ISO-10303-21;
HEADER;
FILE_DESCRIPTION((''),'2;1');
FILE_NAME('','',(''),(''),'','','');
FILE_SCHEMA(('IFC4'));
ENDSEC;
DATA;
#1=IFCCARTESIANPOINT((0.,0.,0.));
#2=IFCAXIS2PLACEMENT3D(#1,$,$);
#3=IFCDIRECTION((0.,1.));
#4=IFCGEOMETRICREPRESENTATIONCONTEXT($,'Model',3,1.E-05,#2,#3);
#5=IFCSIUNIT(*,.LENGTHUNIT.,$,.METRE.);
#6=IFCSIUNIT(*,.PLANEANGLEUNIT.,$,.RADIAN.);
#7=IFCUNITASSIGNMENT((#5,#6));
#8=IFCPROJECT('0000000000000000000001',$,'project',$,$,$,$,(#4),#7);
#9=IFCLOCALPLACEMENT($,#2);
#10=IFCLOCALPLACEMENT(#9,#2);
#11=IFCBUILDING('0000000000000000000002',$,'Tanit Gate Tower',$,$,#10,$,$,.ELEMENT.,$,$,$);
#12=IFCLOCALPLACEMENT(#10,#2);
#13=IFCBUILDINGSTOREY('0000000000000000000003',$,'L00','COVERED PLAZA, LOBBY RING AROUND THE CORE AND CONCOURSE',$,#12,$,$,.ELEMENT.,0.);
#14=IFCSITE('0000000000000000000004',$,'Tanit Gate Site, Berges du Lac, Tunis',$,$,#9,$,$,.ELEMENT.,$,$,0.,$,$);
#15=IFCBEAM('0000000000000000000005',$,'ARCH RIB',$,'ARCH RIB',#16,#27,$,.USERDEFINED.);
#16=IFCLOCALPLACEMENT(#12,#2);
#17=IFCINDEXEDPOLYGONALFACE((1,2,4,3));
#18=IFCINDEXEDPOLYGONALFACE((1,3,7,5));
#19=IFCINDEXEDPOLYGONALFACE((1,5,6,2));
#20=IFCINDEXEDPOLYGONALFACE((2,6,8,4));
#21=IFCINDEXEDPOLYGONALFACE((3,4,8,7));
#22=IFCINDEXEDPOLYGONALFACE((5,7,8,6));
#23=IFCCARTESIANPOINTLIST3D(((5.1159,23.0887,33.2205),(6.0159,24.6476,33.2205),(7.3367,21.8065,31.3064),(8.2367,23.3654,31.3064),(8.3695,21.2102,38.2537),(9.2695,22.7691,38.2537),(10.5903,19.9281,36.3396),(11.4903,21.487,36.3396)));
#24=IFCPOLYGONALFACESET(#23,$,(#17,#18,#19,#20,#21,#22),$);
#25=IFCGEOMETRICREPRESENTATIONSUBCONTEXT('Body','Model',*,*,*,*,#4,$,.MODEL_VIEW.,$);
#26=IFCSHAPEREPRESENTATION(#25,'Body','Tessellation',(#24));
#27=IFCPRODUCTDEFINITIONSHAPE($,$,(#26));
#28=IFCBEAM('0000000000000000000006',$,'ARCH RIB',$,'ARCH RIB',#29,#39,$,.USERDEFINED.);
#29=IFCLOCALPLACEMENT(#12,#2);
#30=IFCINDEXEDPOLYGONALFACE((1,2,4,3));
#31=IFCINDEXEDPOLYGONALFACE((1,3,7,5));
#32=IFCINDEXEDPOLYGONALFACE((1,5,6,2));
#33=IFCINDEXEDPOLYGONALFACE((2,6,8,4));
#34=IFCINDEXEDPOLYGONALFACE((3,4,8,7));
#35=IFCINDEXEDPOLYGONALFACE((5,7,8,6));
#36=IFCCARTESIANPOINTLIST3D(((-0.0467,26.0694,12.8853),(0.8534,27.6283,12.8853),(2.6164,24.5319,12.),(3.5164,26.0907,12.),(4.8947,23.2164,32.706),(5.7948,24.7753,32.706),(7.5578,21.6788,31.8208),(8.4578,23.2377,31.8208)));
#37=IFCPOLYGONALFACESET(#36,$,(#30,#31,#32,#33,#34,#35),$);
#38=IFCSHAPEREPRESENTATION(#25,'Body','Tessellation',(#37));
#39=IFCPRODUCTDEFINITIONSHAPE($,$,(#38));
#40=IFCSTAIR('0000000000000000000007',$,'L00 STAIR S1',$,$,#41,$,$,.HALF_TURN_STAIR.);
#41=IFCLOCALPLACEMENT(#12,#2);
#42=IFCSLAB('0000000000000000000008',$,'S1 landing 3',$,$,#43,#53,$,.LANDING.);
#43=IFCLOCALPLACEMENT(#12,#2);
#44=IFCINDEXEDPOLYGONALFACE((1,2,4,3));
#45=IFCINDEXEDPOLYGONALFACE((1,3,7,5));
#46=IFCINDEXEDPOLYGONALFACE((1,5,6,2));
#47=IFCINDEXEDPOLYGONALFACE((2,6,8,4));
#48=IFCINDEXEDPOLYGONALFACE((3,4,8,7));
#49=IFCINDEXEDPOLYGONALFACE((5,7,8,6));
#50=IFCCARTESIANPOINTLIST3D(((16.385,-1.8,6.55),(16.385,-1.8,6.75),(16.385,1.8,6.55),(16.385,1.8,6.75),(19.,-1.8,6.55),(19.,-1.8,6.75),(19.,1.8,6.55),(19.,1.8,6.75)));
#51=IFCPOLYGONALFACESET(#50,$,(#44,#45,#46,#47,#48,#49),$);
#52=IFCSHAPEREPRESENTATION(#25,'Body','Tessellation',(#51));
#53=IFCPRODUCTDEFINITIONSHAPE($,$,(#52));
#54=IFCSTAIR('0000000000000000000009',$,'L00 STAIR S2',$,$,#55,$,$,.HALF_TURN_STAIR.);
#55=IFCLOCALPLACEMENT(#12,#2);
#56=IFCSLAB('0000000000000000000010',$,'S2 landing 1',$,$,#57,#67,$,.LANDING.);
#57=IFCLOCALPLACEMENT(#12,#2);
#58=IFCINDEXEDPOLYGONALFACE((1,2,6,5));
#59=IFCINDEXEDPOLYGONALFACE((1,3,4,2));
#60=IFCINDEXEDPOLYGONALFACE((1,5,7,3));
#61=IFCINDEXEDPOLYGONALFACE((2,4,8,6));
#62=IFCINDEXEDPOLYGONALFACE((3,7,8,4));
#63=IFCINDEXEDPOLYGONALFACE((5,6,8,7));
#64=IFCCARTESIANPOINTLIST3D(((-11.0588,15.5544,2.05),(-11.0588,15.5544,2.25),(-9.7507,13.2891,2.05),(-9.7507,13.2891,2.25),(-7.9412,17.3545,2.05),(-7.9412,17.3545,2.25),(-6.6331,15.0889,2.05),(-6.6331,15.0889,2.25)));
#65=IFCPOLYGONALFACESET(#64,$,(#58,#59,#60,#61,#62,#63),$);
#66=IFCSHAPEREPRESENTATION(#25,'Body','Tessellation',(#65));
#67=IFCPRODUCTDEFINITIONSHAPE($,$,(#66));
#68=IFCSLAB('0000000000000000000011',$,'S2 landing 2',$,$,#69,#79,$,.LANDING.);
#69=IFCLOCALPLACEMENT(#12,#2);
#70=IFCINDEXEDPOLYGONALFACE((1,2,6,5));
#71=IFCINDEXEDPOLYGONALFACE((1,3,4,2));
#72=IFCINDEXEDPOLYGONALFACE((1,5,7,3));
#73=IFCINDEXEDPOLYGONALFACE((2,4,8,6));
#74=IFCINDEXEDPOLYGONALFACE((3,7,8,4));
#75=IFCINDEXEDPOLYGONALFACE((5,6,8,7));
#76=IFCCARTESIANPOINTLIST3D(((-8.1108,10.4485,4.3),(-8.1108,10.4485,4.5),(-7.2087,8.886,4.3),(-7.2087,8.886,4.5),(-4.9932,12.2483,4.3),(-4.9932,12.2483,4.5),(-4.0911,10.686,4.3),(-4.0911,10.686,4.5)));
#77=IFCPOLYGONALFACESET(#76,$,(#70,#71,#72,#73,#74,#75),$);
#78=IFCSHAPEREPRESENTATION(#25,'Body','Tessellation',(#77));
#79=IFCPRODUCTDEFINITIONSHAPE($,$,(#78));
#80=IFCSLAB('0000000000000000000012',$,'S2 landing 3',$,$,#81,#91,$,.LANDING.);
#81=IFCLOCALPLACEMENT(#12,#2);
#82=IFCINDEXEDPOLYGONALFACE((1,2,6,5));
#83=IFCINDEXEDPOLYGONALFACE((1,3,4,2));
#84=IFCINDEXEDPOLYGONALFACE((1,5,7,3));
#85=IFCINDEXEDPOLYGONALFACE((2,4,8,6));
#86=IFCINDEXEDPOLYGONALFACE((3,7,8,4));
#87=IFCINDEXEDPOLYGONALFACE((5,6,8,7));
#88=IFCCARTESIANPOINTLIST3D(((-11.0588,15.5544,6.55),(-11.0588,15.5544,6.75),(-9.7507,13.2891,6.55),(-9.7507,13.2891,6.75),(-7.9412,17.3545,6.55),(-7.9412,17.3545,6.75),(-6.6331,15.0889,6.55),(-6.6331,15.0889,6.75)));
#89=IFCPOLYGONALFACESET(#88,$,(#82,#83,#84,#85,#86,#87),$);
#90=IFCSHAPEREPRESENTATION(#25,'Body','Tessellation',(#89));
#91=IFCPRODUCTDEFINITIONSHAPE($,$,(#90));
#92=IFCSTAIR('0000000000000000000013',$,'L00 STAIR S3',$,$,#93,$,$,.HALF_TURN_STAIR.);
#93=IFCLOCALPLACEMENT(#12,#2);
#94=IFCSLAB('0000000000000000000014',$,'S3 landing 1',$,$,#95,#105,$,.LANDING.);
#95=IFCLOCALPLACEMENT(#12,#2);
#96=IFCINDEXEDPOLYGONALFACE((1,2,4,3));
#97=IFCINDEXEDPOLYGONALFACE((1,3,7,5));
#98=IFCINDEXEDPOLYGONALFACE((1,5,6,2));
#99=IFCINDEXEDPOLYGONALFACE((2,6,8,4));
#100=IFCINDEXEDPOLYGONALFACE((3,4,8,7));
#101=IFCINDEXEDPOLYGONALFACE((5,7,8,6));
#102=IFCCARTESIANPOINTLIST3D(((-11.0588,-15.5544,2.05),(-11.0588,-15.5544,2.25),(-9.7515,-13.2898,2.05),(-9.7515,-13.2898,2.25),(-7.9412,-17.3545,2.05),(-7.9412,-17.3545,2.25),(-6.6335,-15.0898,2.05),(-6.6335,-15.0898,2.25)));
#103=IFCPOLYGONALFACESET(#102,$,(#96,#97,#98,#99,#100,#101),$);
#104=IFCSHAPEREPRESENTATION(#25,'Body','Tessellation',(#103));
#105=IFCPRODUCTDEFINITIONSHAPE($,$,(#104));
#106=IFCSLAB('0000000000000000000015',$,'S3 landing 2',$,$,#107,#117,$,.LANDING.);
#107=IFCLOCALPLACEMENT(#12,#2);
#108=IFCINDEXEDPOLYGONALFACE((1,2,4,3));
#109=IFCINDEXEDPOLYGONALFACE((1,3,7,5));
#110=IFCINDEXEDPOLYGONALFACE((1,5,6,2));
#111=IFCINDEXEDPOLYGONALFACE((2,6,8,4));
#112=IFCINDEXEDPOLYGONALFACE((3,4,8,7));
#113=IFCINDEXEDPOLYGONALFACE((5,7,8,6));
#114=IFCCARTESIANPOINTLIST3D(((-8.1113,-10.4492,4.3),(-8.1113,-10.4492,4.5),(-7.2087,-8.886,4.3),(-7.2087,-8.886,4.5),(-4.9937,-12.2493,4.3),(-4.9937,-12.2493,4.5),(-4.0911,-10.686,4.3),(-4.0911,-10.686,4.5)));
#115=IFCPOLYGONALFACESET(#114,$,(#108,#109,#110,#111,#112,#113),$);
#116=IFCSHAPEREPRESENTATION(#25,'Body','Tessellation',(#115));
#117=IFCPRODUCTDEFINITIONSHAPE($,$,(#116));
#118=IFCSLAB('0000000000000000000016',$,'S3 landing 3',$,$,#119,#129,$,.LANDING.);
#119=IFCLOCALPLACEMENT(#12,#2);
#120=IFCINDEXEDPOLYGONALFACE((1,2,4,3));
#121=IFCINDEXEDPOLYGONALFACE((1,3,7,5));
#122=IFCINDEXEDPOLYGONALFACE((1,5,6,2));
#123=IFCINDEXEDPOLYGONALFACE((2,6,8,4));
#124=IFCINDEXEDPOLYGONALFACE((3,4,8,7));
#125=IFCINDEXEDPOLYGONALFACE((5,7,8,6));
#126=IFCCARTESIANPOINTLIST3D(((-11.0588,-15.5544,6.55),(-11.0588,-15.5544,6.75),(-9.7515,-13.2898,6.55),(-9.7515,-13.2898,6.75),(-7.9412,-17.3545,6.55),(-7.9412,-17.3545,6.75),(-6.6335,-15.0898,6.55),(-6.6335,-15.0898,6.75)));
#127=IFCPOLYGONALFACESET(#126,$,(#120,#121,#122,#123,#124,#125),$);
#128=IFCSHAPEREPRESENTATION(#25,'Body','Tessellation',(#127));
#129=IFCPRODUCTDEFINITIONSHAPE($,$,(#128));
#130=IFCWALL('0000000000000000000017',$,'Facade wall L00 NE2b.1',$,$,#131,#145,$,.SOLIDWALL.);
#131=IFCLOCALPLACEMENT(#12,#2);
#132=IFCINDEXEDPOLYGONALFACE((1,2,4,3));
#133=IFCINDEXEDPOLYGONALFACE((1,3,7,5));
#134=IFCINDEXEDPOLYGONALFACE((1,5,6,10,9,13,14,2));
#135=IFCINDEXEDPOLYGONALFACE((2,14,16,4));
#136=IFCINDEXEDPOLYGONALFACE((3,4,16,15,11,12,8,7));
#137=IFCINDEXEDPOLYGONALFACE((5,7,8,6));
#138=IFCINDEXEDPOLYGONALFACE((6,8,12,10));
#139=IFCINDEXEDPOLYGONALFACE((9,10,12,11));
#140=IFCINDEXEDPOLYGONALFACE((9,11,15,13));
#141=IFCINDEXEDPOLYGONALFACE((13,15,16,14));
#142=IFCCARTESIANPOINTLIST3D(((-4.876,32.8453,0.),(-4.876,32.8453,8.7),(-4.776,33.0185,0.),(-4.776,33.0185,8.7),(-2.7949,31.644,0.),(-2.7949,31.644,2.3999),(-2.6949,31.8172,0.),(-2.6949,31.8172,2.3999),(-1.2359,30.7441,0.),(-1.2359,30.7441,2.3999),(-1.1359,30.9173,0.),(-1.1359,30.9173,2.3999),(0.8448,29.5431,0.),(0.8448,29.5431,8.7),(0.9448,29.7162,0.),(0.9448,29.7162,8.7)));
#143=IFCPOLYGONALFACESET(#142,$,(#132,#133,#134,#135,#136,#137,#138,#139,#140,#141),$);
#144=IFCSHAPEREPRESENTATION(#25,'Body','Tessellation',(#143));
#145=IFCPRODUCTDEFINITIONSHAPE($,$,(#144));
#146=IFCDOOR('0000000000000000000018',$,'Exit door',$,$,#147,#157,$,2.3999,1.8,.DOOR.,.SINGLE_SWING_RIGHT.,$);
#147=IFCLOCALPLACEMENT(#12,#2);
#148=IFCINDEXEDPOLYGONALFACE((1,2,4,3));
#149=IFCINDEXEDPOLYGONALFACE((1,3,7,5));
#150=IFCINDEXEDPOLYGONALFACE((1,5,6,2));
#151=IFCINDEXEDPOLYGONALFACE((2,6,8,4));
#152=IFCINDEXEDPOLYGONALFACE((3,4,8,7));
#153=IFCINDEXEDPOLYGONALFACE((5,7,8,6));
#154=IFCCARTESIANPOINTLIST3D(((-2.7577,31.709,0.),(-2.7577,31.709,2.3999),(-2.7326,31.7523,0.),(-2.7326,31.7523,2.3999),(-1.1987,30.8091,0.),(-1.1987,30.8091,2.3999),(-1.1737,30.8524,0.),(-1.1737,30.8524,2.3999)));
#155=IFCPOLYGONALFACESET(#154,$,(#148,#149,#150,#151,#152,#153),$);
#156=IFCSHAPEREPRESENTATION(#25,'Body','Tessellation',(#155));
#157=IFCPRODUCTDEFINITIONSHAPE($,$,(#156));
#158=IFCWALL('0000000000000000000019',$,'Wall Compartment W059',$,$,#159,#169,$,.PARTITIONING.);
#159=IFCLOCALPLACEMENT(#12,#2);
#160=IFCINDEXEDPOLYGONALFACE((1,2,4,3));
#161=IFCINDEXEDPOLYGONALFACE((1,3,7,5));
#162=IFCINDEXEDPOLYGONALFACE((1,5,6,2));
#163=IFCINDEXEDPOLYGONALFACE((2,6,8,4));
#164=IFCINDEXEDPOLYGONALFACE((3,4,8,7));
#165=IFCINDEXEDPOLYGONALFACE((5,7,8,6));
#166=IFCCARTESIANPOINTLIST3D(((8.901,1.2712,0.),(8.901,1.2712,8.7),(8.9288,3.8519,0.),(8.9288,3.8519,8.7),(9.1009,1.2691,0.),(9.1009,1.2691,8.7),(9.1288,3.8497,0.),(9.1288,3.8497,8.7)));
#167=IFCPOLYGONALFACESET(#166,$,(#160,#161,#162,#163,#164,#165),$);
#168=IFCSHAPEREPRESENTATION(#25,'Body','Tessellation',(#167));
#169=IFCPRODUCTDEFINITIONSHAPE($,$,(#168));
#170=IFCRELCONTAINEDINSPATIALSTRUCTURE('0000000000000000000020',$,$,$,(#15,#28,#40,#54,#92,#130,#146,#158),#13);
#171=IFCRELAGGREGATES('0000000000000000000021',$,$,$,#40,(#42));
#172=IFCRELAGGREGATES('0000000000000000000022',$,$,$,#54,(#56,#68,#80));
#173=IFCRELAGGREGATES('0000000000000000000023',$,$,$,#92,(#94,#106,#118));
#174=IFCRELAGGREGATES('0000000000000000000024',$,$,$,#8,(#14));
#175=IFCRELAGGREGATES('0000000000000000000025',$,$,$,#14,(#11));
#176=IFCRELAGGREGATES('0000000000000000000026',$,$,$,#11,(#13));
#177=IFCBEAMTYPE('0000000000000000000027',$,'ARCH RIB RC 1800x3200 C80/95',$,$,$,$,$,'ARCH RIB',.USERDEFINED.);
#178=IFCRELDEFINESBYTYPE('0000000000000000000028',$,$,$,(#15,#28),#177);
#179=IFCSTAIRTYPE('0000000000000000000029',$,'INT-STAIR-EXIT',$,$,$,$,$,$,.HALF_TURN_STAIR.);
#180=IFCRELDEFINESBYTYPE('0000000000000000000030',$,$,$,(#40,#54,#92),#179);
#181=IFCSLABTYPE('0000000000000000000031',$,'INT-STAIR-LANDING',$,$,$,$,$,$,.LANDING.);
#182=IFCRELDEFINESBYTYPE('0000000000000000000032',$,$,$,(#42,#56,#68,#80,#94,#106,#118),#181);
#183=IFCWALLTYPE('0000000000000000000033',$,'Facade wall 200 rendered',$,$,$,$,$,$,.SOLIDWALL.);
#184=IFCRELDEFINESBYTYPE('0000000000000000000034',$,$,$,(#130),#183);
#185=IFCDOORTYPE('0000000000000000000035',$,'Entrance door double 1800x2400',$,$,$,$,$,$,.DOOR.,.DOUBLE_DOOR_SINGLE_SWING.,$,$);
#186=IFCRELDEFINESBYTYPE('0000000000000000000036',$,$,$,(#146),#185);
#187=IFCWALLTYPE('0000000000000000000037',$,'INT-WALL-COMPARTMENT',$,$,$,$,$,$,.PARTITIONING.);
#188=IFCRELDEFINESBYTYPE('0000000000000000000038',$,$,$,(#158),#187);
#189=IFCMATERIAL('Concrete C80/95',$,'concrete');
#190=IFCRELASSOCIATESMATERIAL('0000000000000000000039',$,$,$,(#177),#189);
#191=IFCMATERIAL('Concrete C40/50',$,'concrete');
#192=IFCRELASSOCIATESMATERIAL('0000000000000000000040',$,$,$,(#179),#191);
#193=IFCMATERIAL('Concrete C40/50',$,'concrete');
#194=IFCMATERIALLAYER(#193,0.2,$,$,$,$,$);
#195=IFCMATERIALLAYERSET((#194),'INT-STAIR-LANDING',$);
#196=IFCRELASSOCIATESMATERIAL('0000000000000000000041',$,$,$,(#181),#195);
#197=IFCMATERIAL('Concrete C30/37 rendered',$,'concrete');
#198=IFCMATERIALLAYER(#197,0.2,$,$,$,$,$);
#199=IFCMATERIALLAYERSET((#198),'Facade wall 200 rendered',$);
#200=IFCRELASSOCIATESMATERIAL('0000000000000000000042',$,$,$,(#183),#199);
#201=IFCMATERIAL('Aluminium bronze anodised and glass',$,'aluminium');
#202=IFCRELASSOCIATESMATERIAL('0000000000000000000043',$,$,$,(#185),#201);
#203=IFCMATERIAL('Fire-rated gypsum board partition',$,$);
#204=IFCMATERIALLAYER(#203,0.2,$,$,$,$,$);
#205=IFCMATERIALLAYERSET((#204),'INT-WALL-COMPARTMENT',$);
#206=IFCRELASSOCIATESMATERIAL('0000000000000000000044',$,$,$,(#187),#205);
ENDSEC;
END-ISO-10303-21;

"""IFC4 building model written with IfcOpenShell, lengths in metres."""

from ifc_helpers import new_model, si_unit, direction, frame, frame_2d, origin, origin_2d, place, context, subcontext, project, spatial, polyline, rectangle, outline, extrude, material, layer, layer_set, material_profile, profile_set, type_object, element, fill, aggregate, save


model = new_model("IFC4")

# Units and contexts
model_context = context("Model", 3, precision=1e-05, world=origin(), true_north=direction((0.0, 1.0)))
body_context = subcontext(model_context, "Body", "Model", "MODEL_VIEW")
ifc_project = project(units=[si_unit("LENGTHUNIT", "METRE"), si_unit("PLANEANGLEUNIT", "RADIAN")], contexts=[model_context])

# Site, building, storey
site_placement = place(None, origin())
site = spatial("IfcSite", under=ifc_project, at=site_placement, Name="Tanit Gate Site, Berges du Lac, Tunis", CompositionType="ELEMENT", RefElevation=0.0)
building_placement = place(site_placement, origin())
building = spatial("IfcBuilding", under=site, at=building_placement, Name="Tanit Gate Tower", CompositionType="ELEMENT")
storey_placement = place(building_placement, origin())
storey = spatial("IfcBuildingStorey", under=building, at=storey_placement, Name="L00", Description="COVERED PLAZA, LOBBY RING AROUND THE CORE AND CONCOURSE", CompositionType="ELEMENT", Elevation=0.0)

# Beams
ifc_material_1 = material(Name="Concrete C80/95", Category="concrete")
ifc_material_profile = material_profile(ifc_material_1, rectangle(XDim=1.8, YDim=3.2, at=origin_2d()), Name="RC 1800x3200")
ifc_profile_set = profile_set([ifc_material_profile], Name="Concrete C80/95")
beam_type = type_object("IfcBeamType", Name="ARCH RIB RC 1800x3200 C80/95", ElementType="ARCH RIB", PredefinedType="USERDEFINED", material=ifc_profile_set)
beam_1_placement = place(storey_placement, frame((9.9299, 21.3486, 37.2966), z_axis=(-0.518037, 0.299075, -0.801369), x_axis=(-0.499983, -0.866035, 0.0)))
element("IfcBeam", 1, at=beam_1_placement, inside=storey, type_object=beam_type, Name="ARCH RIB", ObjectType="ARCH RIB", PredefinedType="USERDEFINED", context=body_context, shape_type="SweptSolid", body=[
    extrude(rectangle(XDim=1.8, YDim=3.2, at=origin_2d()), origin(), (0.0, 0.0, 1.0), 6.2808),
])
beam_2_placement = place(storey_placement, frame((6.6763, 23.2271, 32.2634), z_axis=(-0.239575, 0.138324, -0.960974), x_axis=(-0.500014, -0.866017, 0.0)))
element("IfcBeam", 2, at=beam_2_placement, inside=storey, type_object=beam_type, Name="ARCH RIB", ObjectType="ARCH RIB", PredefinedType="USERDEFINED", context=body_context, shape_type="SweptSolid", body=[
    extrude(rectangle(XDim=1.8, YDim=3.2, at=origin_2d()), origin(), (0.0, 0.0, 1.0), 20.6257),
])

# Stair, slab
ifc_material_2 = material(Name="Concrete C40/50", Category="concrete")
stair_type = type_object("IfcStairType", Name="INT-STAIR-EXIT", PredefinedType="HALF_TURN_STAIR", material=ifc_material_2)
stair_1_placement = place(storey_placement, origin())
stair_1 = element("IfcStair", 3, at=stair_1_placement, inside=storey, type_object=stair_type, Name="L00 STAIR S1", PredefinedType="HALF_TURN_STAIR")
ifc_material_3 = material(Name="Concrete C40/50", Category="concrete")
ifc_layer_1 = layer(ifc_material_3, 0.2)
ifc_layer_set_1 = layer_set([ifc_layer_1], Name="INT-STAIR-LANDING")
slab_type = type_object("IfcSlabType", Name="INT-STAIR-LANDING", PredefinedType="LANDING", material=ifc_layer_set_1)
slab_1_placement = place(storey_placement, frame((0.0, 0.0, 6.55)))
slab_1 = element("IfcSlab", 4, at=slab_1_placement, type_object=slab_type, Name="S1 landing 3", PredefinedType="LANDING", context=body_context, shape_type="SweptSolid", body=[
    extrude(outline(polyline([(16.385, -1.8), (19.0, -1.8), (19.0, 1.8), (16.385, 1.8), (16.385, -1.8)])), origin(), (0.0, 0.0, 1.0), 0.2),
])
aggregate(stair_1, [slab_1])

# Stairs, slabs
stair_2_placement = place(storey_placement, origin())
stair_2 = element("IfcStair", 5, at=stair_2_placement, inside=storey, type_object=stair_type, Name="L00 STAIR S2", PredefinedType="HALF_TURN_STAIR")
slab_2_placement = place(storey_placement, frame((0.0, 0.0, 2.05)))
slab_2 = element("IfcSlab", 6, at=slab_2_placement, type_object=slab_type, Name="S2 landing 1", PredefinedType="LANDING", context=body_context, shape_type="SweptSolid", body=[
    extrude(outline(polyline([(-6.6331, 15.0889), (-7.9412, 17.3545), (-11.0588, 15.5544), (-9.7507, 13.2891), (-6.6331, 15.0889)])), origin(), (0.0, 0.0, 1.0), 0.2),
])
slab_3_placement = place(storey_placement, frame((0.0, 0.0, 4.3)))
slab_3 = element("IfcSlab", 7, at=slab_3_placement, type_object=slab_type, Name="S2 landing 2", PredefinedType="LANDING", context=body_context, shape_type="SweptSolid", body=[
    extrude(outline(polyline([(-4.0911, 10.686), (-4.9932, 12.2483), (-8.1108, 10.4485), (-7.2087, 8.886), (-4.0911, 10.686)])), origin(), (0.0, 0.0, 1.0), 0.2),
])
slab_4_placement = place(storey_placement, frame((0.0, 0.0, 6.55)))
slab_4 = element("IfcSlab", 8, at=slab_4_placement, type_object=slab_type, Name="S2 landing 3", PredefinedType="LANDING", context=body_context, shape_type="SweptSolid", body=[
    extrude(outline(polyline([(-6.6331, 15.0889), (-7.9412, 17.3545), (-11.0588, 15.5544), (-9.7507, 13.2891), (-6.6331, 15.0889)])), origin(), (0.0, 0.0, 1.0), 0.2),
])
aggregate(stair_2, [slab_2, slab_3, slab_4])
stair_3_placement = place(storey_placement, origin())
stair_3 = element("IfcStair", 9, at=stair_3_placement, inside=storey, type_object=stair_type, Name="L00 STAIR S3", PredefinedType="HALF_TURN_STAIR")
slab_5_placement = place(storey_placement, frame((0.0, 0.0, 2.05)))
slab_5 = element("IfcSlab", 10, at=slab_5_placement, type_object=slab_type, Name="S3 landing 1", PredefinedType="LANDING", context=body_context, shape_type="SweptSolid", body=[
    extrude(outline(polyline([(-9.7515, -13.2898), (-11.0588, -15.5544), (-7.9412, -17.3545), (-6.6335, -15.0898), (-9.7515, -13.2898)])), origin(), (0.0, 0.0, 1.0), 0.2),
])
slab_6_placement = place(storey_placement, frame((0.0, 0.0, 4.3)))
slab_6 = element("IfcSlab", 11, at=slab_6_placement, type_object=slab_type, Name="S3 landing 2", PredefinedType="LANDING", context=body_context, shape_type="SweptSolid", body=[
    extrude(outline(polyline([(-7.2087, -8.886), (-8.1113, -10.4492), (-4.9937, -12.2493), (-4.0911, -10.686), (-7.2087, -8.886)])), origin(), (0.0, 0.0, 1.0), 0.2),
])
slab_7_placement = place(storey_placement, frame((0.0, 0.0, 6.55)))
slab_7 = element("IfcSlab", 12, at=slab_7_placement, type_object=slab_type, Name="S3 landing 3", PredefinedType="LANDING", context=body_context, shape_type="SweptSolid", body=[
    extrude(outline(polyline([(-9.7515, -13.2898), (-11.0588, -15.5544), (-7.9412, -17.3545), (-6.6335, -15.0898), (-9.7515, -13.2898)])), origin(), (0.0, 0.0, 1.0), 0.2),
])
aggregate(stair_3, [slab_5, slab_6, slab_7])

# Wall, opening, door
ifc_material_4 = material(Name="Concrete C30/37 rendered", Category="concrete")
ifc_layer_2 = layer(ifc_material_4, 0.2)
ifc_layer_set_2 = layer_set([ifc_layer_2], Name="Facade wall 200 rendered")
wall_type_1 = type_object("IfcWallType", Name="Facade wall 200 rendered", PredefinedType="SOLIDWALL", material=ifc_layer_set_2)
wall_1_placement = place(storey_placement, frame((0.8948, 29.6296, 0.0), z_axis=(0.0, 0.0, 1.0), x_axis=(-0.866065, 0.499931, 0.0)))
wall_1 = element("IfcWall", 13, at=wall_1_placement, inside=storey, type_object=wall_type_1, Name="Facade wall L00 NE2b.1", PredefinedType="SOLIDWALL", context=body_context, shape_type="SweptSolid", body=[
    extrude(rectangle(XDim=6.6055, YDim=0.2, at=frame_2d((3.3027, 0.0))), origin(), (0.0, 0.0, 1.0), 8.7),
])
opening_1_placement = place(wall_1_placement, frame((2.4026, 0.0, 0.0)))
opening_1 = element("IfcOpeningElement", 14, at=opening_1_placement, cuts=wall_1, PredefinedType="OPENING", context=body_context, shape_type="SweptSolid", body=[
    extrude(rectangle(XDim=1.8, YDim=2.3999, at=frame_2d((0.8999, 1.2))), frame((0.0, 0.1099, 0.0), z_axis=(0.0, -1.0, 0.0), x_axis=(1.0, 0.0, 0.0)), (0.0, 0.0, 1.0), 0.22),
])
ifc_material_5 = material(Name="Aluminium bronze anodised and glass", Category="aluminium")
door_type_1 = type_object("IfcDoorType", Name="Entrance door double 1800x2400", OperationType="DOUBLE_DOOR_SINGLE_SWING", PredefinedType="DOOR", material=ifc_material_5)
door_1_placement = place(opening_1_placement, frame((1.8, 0.0, 0.0), z_axis=(0.0, 0.0, 1.0), x_axis=(-1.0, 0.0, 0.0)))
door_1 = element("IfcDoor", 15, at=door_1_placement, inside=storey, type_object=door_type_1, Name="Exit door", OperationType="SINGLE_SWING_RIGHT", OverallHeight=2.3999, OverallWidth=1.8, PredefinedType="DOOR", context=body_context, shape_type="SweptSolid", body=[
    extrude(rectangle(XDim=1.8, YDim=2.3999, at=frame_2d((0.8999, 1.2))), frame((0.0, 0.0249, 0.0), z_axis=(0.0, -1.0, 0.0), x_axis=(1.0, 0.0, 0.0)), (0.0, 0.0, 1.0), 0.05),
])
fill(opening_1, door_1)

# Wall
ifc_material_6 = material(Name="Fire-rated gypsum board partition")
ifc_layer_3 = layer(ifc_material_6, 0.2)
ifc_layer_set_3 = layer_set([ifc_layer_3], Name="INT-WALL-COMPARTMENT")
wall_type_2 = type_object("IfcWallType", Name="INT-WALL-COMPARTMENT", PredefinedType="PARTITIONING", material=ifc_layer_set_3)
wall_2_placement = place(storey_placement, frame((9.001, 1.27, 0.0), z_axis=(0.0, 0.0, 1.0), x_axis=(0.010785, 0.999942, 0.0)))
element("IfcWall", 16, at=wall_2_placement, inside=storey, type_object=wall_type_2, Name="Wall Compartment W059", PredefinedType="PARTITIONING", context=body_context, shape_type="SweptSolid", body=[
    extrude(rectangle(XDim=2.5808, YDim=0.2, at=frame_2d((1.2905, 0.0))), origin(), (0.0, 0.0, 1.0), 8.7),
])

save(model, "model.ifc")
